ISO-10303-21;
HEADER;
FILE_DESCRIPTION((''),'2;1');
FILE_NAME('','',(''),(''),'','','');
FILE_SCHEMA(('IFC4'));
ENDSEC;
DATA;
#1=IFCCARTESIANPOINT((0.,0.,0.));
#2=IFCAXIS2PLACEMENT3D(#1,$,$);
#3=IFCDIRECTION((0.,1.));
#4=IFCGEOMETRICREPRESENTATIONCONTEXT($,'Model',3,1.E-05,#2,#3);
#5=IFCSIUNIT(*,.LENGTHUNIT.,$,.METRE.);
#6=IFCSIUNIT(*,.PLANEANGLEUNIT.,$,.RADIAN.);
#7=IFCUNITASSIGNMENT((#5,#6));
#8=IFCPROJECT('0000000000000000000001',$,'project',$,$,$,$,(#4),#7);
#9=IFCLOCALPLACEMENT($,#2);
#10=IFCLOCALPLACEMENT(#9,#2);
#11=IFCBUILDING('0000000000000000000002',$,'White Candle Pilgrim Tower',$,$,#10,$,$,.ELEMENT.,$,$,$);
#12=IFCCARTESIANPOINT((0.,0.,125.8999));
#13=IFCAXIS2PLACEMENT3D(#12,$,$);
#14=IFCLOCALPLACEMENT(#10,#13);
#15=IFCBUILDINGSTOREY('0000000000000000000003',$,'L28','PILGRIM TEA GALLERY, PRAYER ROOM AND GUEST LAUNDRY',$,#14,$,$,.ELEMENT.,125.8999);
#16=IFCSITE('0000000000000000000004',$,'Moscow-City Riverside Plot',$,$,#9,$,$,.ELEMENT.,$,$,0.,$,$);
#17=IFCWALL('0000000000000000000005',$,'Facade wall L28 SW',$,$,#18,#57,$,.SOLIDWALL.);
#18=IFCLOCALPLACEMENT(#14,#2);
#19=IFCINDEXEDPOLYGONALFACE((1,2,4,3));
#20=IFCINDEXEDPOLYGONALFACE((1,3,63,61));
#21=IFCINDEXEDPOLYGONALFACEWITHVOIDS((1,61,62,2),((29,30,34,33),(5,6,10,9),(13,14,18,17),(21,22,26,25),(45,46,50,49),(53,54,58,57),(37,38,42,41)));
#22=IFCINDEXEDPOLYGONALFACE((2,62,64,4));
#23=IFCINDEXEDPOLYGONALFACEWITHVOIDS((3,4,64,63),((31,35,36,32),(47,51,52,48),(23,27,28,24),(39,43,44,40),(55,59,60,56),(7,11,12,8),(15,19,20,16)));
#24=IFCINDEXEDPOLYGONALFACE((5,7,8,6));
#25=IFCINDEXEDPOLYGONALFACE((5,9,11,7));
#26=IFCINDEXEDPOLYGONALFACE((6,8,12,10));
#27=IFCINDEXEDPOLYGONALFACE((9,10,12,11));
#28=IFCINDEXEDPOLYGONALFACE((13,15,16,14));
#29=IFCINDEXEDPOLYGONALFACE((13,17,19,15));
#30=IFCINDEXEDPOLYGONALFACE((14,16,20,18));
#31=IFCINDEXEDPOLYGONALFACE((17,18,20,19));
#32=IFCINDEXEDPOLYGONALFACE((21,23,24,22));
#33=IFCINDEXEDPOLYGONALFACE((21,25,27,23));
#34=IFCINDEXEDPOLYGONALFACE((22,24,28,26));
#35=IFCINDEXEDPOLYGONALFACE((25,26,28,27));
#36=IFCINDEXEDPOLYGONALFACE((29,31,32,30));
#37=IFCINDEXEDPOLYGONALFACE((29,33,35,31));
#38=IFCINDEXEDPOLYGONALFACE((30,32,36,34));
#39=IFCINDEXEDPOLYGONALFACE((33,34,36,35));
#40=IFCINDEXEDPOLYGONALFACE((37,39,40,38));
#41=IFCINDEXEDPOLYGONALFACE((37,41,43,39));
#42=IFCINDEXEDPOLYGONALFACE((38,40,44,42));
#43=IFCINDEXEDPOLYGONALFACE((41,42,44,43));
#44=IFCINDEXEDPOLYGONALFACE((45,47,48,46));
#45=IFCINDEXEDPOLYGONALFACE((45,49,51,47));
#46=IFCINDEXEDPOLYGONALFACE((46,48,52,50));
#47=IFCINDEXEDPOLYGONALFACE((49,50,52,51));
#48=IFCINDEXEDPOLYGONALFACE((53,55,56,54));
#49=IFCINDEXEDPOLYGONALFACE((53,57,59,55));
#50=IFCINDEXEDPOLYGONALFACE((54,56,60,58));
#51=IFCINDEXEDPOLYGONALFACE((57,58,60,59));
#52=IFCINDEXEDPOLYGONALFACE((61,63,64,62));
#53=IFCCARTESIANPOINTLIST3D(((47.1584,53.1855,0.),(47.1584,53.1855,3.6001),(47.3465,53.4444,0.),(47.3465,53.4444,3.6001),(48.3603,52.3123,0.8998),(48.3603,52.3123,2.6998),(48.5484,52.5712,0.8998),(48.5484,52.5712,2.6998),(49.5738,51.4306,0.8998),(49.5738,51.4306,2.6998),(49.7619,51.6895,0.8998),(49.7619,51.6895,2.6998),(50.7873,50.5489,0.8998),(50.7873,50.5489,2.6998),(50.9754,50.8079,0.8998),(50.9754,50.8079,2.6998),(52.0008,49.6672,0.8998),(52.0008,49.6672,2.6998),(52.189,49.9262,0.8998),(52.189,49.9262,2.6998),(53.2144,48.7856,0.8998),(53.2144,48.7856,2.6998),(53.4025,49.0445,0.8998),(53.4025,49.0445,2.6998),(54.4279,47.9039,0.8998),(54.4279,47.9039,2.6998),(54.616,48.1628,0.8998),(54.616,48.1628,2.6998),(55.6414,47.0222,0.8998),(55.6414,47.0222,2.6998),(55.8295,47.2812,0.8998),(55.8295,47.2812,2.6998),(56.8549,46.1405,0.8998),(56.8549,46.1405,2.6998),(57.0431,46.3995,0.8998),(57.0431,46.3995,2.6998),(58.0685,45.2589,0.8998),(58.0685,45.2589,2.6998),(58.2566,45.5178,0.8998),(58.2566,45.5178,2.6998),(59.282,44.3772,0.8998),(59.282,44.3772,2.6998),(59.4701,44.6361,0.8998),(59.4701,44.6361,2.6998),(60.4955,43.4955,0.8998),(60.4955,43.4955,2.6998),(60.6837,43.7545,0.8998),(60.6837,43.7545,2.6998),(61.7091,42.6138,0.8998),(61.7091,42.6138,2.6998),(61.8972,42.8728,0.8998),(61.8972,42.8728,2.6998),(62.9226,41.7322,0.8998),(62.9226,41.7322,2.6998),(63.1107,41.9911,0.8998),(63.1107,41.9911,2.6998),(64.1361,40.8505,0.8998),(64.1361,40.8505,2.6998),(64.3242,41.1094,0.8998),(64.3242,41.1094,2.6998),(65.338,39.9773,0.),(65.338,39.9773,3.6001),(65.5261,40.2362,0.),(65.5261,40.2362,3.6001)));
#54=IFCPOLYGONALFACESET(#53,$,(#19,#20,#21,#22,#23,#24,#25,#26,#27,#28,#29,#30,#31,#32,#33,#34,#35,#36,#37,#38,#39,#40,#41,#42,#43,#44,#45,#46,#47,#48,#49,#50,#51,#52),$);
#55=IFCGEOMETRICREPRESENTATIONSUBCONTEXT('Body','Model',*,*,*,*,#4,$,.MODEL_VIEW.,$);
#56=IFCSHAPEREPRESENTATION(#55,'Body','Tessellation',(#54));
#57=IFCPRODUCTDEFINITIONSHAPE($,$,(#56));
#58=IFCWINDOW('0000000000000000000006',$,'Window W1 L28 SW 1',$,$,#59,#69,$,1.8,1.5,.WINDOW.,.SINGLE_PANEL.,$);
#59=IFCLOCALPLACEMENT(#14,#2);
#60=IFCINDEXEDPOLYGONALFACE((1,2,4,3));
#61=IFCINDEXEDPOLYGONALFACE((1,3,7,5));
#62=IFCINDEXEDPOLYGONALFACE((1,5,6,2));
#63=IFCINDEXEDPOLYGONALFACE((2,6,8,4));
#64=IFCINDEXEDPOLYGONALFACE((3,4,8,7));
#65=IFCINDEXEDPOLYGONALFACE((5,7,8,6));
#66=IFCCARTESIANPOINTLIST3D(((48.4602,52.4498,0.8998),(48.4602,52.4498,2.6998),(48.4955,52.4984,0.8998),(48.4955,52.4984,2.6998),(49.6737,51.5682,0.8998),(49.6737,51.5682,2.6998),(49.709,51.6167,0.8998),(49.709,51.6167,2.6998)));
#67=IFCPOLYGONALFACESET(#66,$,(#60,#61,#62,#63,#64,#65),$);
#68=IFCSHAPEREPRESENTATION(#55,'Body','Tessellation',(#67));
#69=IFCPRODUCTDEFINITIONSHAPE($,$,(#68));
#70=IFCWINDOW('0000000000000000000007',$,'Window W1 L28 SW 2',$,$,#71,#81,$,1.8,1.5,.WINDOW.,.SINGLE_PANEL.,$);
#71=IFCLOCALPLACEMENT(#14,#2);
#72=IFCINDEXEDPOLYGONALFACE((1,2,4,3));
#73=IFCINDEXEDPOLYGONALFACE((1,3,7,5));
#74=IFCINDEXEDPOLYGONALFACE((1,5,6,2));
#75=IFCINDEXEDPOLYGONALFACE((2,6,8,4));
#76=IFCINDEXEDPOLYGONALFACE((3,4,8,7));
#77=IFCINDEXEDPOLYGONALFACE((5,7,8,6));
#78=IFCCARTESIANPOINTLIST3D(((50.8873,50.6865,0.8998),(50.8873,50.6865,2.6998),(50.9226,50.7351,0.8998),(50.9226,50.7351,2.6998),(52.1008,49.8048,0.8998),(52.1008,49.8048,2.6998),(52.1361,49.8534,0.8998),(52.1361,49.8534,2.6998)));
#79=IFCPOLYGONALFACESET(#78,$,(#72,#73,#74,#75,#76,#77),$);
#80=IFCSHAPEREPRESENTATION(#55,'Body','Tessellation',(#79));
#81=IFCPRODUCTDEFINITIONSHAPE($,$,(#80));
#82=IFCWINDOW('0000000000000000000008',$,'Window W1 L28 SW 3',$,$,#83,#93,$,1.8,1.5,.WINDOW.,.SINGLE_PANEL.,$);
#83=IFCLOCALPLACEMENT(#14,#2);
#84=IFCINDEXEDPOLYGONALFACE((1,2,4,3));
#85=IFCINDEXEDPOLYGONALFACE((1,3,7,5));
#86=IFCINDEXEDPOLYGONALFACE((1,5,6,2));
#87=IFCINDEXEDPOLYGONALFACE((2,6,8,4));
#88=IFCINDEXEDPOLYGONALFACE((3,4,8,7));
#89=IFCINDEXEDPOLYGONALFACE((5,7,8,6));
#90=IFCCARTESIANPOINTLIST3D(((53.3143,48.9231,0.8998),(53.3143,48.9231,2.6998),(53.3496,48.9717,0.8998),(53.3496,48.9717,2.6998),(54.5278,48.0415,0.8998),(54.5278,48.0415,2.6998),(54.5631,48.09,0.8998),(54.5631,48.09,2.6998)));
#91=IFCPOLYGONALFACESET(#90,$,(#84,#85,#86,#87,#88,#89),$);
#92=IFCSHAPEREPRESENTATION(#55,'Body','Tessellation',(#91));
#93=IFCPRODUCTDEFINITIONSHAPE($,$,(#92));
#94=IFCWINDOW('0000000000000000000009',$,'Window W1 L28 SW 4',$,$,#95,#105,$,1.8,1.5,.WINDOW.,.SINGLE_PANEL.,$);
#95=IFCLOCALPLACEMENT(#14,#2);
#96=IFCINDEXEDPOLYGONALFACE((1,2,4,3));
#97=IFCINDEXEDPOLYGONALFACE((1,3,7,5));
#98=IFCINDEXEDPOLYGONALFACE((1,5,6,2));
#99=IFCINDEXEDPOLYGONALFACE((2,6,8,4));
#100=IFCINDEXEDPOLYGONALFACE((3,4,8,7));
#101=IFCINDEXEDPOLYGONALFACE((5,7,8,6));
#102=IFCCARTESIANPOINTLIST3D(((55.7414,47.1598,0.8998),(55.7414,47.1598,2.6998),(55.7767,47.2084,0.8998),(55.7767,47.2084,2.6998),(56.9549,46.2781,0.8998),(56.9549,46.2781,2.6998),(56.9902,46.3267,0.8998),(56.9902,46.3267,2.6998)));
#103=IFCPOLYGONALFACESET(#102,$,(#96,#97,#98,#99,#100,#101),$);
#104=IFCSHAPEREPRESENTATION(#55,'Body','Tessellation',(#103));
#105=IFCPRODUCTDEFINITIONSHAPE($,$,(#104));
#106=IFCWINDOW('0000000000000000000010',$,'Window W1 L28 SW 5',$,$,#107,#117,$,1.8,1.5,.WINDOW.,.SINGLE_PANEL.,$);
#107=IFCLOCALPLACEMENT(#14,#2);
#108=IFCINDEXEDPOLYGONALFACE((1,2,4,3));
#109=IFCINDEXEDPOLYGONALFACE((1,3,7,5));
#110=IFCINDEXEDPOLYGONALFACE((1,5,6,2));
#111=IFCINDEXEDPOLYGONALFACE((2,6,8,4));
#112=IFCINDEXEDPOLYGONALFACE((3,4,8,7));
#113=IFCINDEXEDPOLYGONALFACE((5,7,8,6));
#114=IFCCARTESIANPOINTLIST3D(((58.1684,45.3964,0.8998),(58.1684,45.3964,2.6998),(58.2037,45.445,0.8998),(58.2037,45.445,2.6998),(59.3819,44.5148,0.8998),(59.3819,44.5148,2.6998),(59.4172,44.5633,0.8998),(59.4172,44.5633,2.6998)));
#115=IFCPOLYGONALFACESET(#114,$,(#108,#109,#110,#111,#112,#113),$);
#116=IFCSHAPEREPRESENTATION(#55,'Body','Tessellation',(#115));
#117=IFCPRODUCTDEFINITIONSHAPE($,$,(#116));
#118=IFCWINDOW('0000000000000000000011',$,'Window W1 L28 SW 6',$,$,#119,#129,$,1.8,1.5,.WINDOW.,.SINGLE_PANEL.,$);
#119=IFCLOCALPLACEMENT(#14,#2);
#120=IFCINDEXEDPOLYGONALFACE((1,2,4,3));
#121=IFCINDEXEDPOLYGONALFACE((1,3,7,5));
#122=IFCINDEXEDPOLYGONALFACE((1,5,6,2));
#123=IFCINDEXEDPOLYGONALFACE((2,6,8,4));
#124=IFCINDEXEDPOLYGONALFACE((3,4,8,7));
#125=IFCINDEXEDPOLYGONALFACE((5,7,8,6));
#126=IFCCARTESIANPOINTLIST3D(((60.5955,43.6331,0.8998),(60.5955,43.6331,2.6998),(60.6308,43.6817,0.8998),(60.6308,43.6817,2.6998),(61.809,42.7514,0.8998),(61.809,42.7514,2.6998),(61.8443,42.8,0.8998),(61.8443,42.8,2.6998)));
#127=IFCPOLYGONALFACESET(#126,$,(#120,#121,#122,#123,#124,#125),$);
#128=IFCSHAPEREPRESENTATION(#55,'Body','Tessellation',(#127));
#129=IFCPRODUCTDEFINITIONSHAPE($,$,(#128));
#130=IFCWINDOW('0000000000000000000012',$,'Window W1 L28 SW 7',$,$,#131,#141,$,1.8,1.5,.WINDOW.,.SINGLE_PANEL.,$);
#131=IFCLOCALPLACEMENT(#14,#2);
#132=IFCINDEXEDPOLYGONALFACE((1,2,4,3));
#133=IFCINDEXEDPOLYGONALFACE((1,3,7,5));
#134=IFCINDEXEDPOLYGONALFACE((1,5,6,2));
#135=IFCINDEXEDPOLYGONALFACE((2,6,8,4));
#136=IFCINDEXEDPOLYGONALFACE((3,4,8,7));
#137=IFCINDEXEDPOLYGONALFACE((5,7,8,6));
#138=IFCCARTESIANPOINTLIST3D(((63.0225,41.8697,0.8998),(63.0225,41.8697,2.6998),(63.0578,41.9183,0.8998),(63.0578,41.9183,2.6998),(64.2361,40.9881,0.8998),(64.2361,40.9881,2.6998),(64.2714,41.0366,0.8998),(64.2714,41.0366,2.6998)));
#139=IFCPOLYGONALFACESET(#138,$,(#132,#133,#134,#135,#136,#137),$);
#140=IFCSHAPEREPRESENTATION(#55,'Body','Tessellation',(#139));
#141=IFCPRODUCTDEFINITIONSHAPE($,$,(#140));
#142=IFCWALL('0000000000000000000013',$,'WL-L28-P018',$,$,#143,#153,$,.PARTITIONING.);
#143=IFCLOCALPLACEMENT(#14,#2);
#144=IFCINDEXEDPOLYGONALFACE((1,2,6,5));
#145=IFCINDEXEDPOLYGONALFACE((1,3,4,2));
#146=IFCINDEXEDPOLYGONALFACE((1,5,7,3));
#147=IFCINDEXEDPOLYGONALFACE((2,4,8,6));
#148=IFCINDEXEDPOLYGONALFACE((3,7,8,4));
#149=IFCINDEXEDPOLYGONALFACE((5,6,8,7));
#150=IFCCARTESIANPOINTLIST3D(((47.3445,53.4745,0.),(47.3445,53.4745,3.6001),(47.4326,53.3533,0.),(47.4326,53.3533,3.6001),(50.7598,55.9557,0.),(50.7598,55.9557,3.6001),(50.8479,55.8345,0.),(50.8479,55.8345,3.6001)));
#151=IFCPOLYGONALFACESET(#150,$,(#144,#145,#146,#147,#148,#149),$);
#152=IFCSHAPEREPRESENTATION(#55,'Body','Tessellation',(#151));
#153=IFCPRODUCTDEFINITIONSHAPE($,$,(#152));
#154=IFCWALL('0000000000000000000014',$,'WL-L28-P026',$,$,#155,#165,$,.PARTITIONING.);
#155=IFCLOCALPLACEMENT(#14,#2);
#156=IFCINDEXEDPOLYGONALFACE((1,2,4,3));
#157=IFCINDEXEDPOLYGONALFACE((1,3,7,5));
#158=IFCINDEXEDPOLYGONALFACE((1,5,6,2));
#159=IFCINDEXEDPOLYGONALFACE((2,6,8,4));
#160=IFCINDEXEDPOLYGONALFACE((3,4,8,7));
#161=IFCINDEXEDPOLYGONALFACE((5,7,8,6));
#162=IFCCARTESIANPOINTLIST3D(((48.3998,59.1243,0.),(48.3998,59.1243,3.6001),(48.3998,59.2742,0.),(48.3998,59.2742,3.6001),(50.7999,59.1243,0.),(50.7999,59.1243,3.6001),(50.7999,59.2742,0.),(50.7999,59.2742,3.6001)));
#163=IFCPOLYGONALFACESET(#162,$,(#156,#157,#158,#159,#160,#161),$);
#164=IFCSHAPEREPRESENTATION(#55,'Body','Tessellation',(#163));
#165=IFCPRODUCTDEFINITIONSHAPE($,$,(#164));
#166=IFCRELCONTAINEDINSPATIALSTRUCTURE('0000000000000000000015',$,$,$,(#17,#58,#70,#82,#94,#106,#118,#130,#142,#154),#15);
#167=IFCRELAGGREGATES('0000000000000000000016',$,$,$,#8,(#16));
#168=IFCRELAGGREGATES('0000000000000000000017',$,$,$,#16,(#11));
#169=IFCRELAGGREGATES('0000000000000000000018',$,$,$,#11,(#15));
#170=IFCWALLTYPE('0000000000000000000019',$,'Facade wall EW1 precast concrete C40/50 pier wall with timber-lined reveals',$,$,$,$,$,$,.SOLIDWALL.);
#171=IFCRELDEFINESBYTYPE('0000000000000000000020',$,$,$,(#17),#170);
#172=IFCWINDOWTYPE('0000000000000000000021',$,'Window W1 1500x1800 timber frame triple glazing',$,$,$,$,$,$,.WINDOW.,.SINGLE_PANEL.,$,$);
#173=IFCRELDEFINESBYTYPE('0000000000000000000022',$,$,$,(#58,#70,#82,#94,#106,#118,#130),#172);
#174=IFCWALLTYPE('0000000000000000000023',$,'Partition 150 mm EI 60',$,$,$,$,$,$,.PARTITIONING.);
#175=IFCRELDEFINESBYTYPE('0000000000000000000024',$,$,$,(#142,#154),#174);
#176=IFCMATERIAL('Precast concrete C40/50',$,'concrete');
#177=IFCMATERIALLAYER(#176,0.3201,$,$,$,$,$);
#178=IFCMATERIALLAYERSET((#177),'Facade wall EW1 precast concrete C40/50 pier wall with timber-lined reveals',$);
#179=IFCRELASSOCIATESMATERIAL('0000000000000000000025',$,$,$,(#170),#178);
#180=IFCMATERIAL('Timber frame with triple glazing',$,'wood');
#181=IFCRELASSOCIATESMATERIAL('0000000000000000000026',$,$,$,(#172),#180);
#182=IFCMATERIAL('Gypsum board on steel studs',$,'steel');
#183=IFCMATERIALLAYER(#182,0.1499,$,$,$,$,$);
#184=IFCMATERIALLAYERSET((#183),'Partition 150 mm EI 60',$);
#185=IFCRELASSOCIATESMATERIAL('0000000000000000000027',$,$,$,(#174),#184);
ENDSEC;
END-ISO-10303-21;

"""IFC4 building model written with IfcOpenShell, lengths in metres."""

from ifc_helpers import new_model, si_unit, direction, frame, frame_2d, origin, place, context, subcontext, project, spatial, rectangle, extrude, material, layer, layer_set, type_object, element, fill, save


model = new_model("IFC4")

# Units and contexts
model_context = context("Model", 3, precision=1e-05, world=origin(), true_north=direction((0.0, 1.0)))
body_context = subcontext(model_context, "Body", "Model", "MODEL_VIEW")
ifc_project = project(units=[si_unit("LENGTHUNIT", "METRE"), si_unit("PLANEANGLEUNIT", "RADIAN")], contexts=[model_context])

# Site, building, storey
site_placement = place(None, origin())
site = spatial("IfcSite", under=ifc_project, at=site_placement, Name="Moscow-City Riverside Plot", CompositionType="ELEMENT", RefElevation=0.0)
building_placement = place(site_placement, origin())
building = spatial("IfcBuilding", under=site, at=building_placement, Name="White Candle Pilgrim Tower", CompositionType="ELEMENT")
storey_placement = place(building_placement, frame((0.0, 0.0, 125.8999)))
storey = spatial("IfcBuildingStorey", under=building, at=storey_placement, Name="L28", Description="PILGRIM TEA GALLERY, PRAYER ROOM AND GUEST LAUNDRY", CompositionType="ELEMENT", Elevation=125.8999)

# Shared definitions
ifc_material_1 = material(Name="Gypsum board on steel studs", Category="steel")

# Wall, openings, windows
ifc_material_2 = material(Name="Precast concrete C40/50", Category="concrete")
ifc_layer_1 = layer(ifc_material_2, 0.3201)
ifc_layer_set_1 = layer_set([ifc_layer_1], Name="Facade wall EW1 precast concrete C40/50 pier wall with timber-lined reveals")
wall_type_1 = type_object("IfcWallType", Name="Facade wall EW1 precast concrete C40/50 pier wall with timber-lined reveals", PredefinedType="SOLIDWALL", material=ifc_layer_set_1)
wall_1_placement = place(storey_placement, frame((47.2524, 53.3149, 0.0), z_axis=(0.0, 0.0, 1.0), x_axis=(0.809018, -0.587783, 0.0)))
wall_1 = element("IfcWall", 1, at=wall_1_placement, inside=storey, type_object=wall_type_1, Name="Facade wall L28 SW", PredefinedType="SOLIDWALL", context=body_context, shape_type="SweptSolid", body=[
    extrude(rectangle(XDim=22.4712, YDim=0.3201, at=frame_2d((11.2356, 0.0))), origin(), (0.0, 0.0, 1.0), 3.6001),
])
opening_1_placement = place(wall_1_placement, frame((1.4856, 0.0, 0.8999)))
opening_1 = element("IfcOpeningElement", 2, at=opening_1_placement, cuts=wall_1, PredefinedType="OPENING", context=body_context, shape_type="SweptSolid", body=[
    extrude(rectangle(XDim=1.5, YDim=1.8, at=frame_2d((0.75, 0.8999))), frame((0.0, 0.1699, 0.0), z_axis=(0.0, -1.0, 0.0), x_axis=(1.0, 0.0, 0.0)), (0.0, 0.0, 1.0), 0.3401),
])
opening_2_placement = place(wall_1_placement, frame((4.4856, 0.0, 0.8999)))
opening_2 = element("IfcOpeningElement", 3, at=opening_2_placement, cuts=wall_1, PredefinedType="OPENING", context=body_context, shape_type="SweptSolid", body=[
    extrude(rectangle(XDim=1.5, YDim=1.8, at=frame_2d((0.75, 0.8999))), frame((0.0, 0.1699, 0.0), z_axis=(0.0, -1.0, 0.0), x_axis=(1.0, 0.0, 0.0)), (0.0, 0.0, 1.0), 0.3401),
])
opening_3_placement = place(wall_1_placement, frame((7.4856, 0.0, 0.8999)))
opening_3 = element("IfcOpeningElement", 4, at=opening_3_placement, cuts=wall_1, PredefinedType="OPENING", context=body_context, shape_type="SweptSolid", body=[
    extrude(rectangle(XDim=1.5, YDim=1.8, at=frame_2d((0.75, 0.8999))), frame((0.0, 0.1699, 0.0), z_axis=(0.0, -1.0, 0.0), x_axis=(1.0, 0.0, 0.0)), (0.0, 0.0, 1.0), 0.3401),
])
opening_4_placement = place(wall_1_placement, frame((10.4856, 0.0, 0.8999)))
opening_4 = element("IfcOpeningElement", 5, at=opening_4_placement, cuts=wall_1, PredefinedType="OPENING", context=body_context, shape_type="SweptSolid", body=[
    extrude(rectangle(XDim=1.5, YDim=1.8, at=frame_2d((0.75, 0.8999))), frame((0.0, 0.1699, 0.0), z_axis=(0.0, -1.0, 0.0), x_axis=(1.0, 0.0, 0.0)), (0.0, 0.0, 1.0), 0.3401),
])
opening_5_placement = place(wall_1_placement, frame((13.4856, 0.0, 0.8999)))
opening_5 = element("IfcOpeningElement", 6, at=opening_5_placement, cuts=wall_1, PredefinedType="OPENING", context=body_context, shape_type="SweptSolid", body=[
    extrude(rectangle(XDim=1.5, YDim=1.8, at=frame_2d((0.75, 0.8999))), frame((0.0, 0.1699, 0.0), z_axis=(0.0, -1.0, 0.0), x_axis=(1.0, 0.0, 0.0)), (0.0, 0.0, 1.0), 0.3401),
])
opening_6_placement = place(wall_1_placement, frame((16.4856, 0.0, 0.8999)))
opening_6 = element("IfcOpeningElement", 7, at=opening_6_placement, cuts=wall_1, PredefinedType="OPENING", context=body_context, shape_type="SweptSolid", body=[
    extrude(rectangle(XDim=1.5, YDim=1.8, at=frame_2d((0.75, 0.8999))), frame((0.0, 0.1699, 0.0), z_axis=(0.0, -1.0, 0.0), x_axis=(1.0, 0.0, 0.0)), (0.0, 0.0, 1.0), 0.3401),
])
opening_7_placement = place(wall_1_placement, frame((19.4856, 0.0, 0.8999)))
opening_7 = element("IfcOpeningElement", 8, at=opening_7_placement, cuts=wall_1, PredefinedType="OPENING", context=body_context, shape_type="SweptSolid", body=[
    extrude(rectangle(XDim=1.5, YDim=1.8, at=frame_2d((0.75, 0.8999))), frame((0.0, 0.1699, 0.0), z_axis=(0.0, -1.0, 0.0), x_axis=(1.0, 0.0, 0.0)), (0.0, 0.0, 1.0), 0.3401),
])
ifc_material_3 = material(Name="Timber frame with triple glazing", Category="wood")
window_type = type_object("IfcWindowType", Name="Window W1 1500x1800 timber frame triple glazing", PartitioningType="SINGLE_PANEL", PredefinedType="WINDOW", material=ifc_material_3)
window_1_placement = place(opening_1_placement, origin())
window_1 = element("IfcWindow", 9, at=window_1_placement, inside=storey, type_object=window_type, Name="Window W1 L28 SW 1", OverallHeight=1.8, OverallWidth=1.5, PartitioningType="SINGLE_PANEL", PredefinedType="WINDOW", context=body_context, shape_type="SweptSolid", body=[
    extrude(rectangle(XDim=1.5, YDim=1.8, at=frame_2d((0.75, 0.8999))), frame((0.0, 0.0701, 0.0), z_axis=(0.0, -1.0, 0.0), x_axis=(1.0, 0.0, 0.0)), (0.0, 0.0, 1.0), 0.0601),
])
fill(opening_1, window_1)
window_2_placement = place(opening_2_placement, origin())
window_2 = element("IfcWindow", 10, at=window_2_placement, inside=storey, type_object=window_type, Name="Window W1 L28 SW 2", OverallHeight=1.8, OverallWidth=1.5, PartitioningType="SINGLE_PANEL", PredefinedType="WINDOW", context=body_context, shape_type="SweptSolid", body=[
    extrude(rectangle(XDim=1.5, YDim=1.8, at=frame_2d((0.75, 0.8999))), frame((0.0, 0.0701, 0.0), z_axis=(0.0, -1.0, 0.0), x_axis=(1.0, 0.0, 0.0)), (0.0, 0.0, 1.0), 0.0601),
])
fill(opening_2, window_2)
window_3_placement = place(opening_3_placement, origin())
window_3 = element("IfcWindow", 11, at=window_3_placement, inside=storey, type_object=window_type, Name="Window W1 L28 SW 3", OverallHeight=1.8, OverallWidth=1.5, PartitioningType="SINGLE_PANEL", PredefinedType="WINDOW", context=body_context, shape_type="SweptSolid", body=[
    extrude(rectangle(XDim=1.5, YDim=1.8, at=frame_2d((0.75, 0.8999))), frame((0.0, 0.0701, 0.0), z_axis=(0.0, -1.0, 0.0), x_axis=(1.0, 0.0, 0.0)), (0.0, 0.0, 1.0), 0.0601),
])
fill(opening_3, window_3)
window_4_placement = place(opening_4_placement, origin())
window_4 = element("IfcWindow", 12, at=window_4_placement, inside=storey, type_object=window_type, Name="Window W1 L28 SW 4", OverallHeight=1.8, OverallWidth=1.5, PartitioningType="SINGLE_PANEL", PredefinedType="WINDOW", context=body_context, shape_type="SweptSolid", body=[
    extrude(rectangle(XDim=1.5, YDim=1.8, at=frame_2d((0.75, 0.8999))), frame((0.0, 0.0701, 0.0), z_axis=(0.0, -1.0, 0.0), x_axis=(1.0, 0.0, 0.0)), (0.0, 0.0, 1.0), 0.0601),
])
fill(opening_4, window_4)
window_5_placement = place(opening_5_placement, origin())
window_5 = element("IfcWindow", 13, at=window_5_placement, inside=storey, type_object=window_type, Name="Window W1 L28 SW 5", OverallHeight=1.8, OverallWidth=1.5, PartitioningType="SINGLE_PANEL", PredefinedType="WINDOW", context=body_context, shape_type="SweptSolid", body=[
    extrude(rectangle(XDim=1.5, YDim=1.8, at=frame_2d((0.75, 0.8999))), frame((0.0, 0.0701, 0.0), z_axis=(0.0, -1.0, 0.0), x_axis=(1.0, 0.0, 0.0)), (0.0, 0.0, 1.0), 0.0601),
])
fill(opening_5, window_5)
window_6_placement = place(opening_6_placement, origin())
window_6 = element("IfcWindow", 14, at=window_6_placement, inside=storey, type_object=window_type, Name="Window W1 L28 SW 6", OverallHeight=1.8, OverallWidth=1.5, PartitioningType="SINGLE_PANEL", PredefinedType="WINDOW", context=body_context, shape_type="SweptSolid", body=[
    extrude(rectangle(XDim=1.5, YDim=1.8, at=frame_2d((0.75, 0.8999))), frame((0.0, 0.0701, 0.0), z_axis=(0.0, -1.0, 0.0), x_axis=(1.0, 0.0, 0.0)), (0.0, 0.0, 1.0), 0.0601),
])
fill(opening_6, window_6)
window_7_placement = place(opening_7_placement, origin())
window_7 = element("IfcWindow", 15, at=window_7_placement, inside=storey, type_object=window_type, Name="Window W1 L28 SW 7", OverallHeight=1.8, OverallWidth=1.5, PartitioningType="SINGLE_PANEL", PredefinedType="WINDOW", context=body_context, shape_type="SweptSolid", body=[
    extrude(rectangle(XDim=1.5, YDim=1.8, at=frame_2d((0.75, 0.8999))), frame((0.0, 0.0701, 0.0), z_axis=(0.0, -1.0, 0.0), x_axis=(1.0, 0.0, 0.0)), (0.0, 0.0, 1.0), 0.0601),
])
fill(opening_7, window_7)

# Walls
ifc_layer_2 = layer(ifc_material_1, 0.1499)
ifc_layer_set_2 = layer_set([ifc_layer_2], Name="Partition 150 mm EI 60")
wall_type_2 = type_object("IfcWallType", Name="Partition 150 mm EI 60", PredefinedType="PARTITIONING", material=ifc_layer_set_2)
wall_2_placement = place(storey_placement, frame((47.3884, 53.4138, 0.0), z_axis=(0.0, 0.0, 1.0), x_axis=(0.809034, 0.587762, 0.0)))
element("IfcWall", 16, at=wall_2_placement, inside=storey, type_object=wall_type_2, Name="WL-L28-P018", PredefinedType="PARTITIONING", context=body_context, shape_type="SweptSolid", body=[
    extrude(rectangle(XDim=4.2214, YDim=0.1499, at=frame_2d((2.1108, 0.0))), origin(), (0.0, 0.0, 1.0), 3.6001),
])
wall_3_placement = place(storey_placement, frame((50.8, 59.1992, 0.0), z_axis=(0.0, 0.0, 1.0), x_axis=(-1.0, 0.0, 0.0)))
element("IfcWall", 17, at=wall_3_placement, inside=storey, type_object=wall_type_2, Name="WL-L28-P026", PredefinedType="PARTITIONING", context=body_context, shape_type="SweptSolid", body=[
    extrude(rectangle(XDim=2.4001, YDim=0.1499, at=frame_2d((1.2002, 0.0))), origin(), (0.0, 0.0, 1.0), 3.6001),
])

save(model, "model.ifc")
